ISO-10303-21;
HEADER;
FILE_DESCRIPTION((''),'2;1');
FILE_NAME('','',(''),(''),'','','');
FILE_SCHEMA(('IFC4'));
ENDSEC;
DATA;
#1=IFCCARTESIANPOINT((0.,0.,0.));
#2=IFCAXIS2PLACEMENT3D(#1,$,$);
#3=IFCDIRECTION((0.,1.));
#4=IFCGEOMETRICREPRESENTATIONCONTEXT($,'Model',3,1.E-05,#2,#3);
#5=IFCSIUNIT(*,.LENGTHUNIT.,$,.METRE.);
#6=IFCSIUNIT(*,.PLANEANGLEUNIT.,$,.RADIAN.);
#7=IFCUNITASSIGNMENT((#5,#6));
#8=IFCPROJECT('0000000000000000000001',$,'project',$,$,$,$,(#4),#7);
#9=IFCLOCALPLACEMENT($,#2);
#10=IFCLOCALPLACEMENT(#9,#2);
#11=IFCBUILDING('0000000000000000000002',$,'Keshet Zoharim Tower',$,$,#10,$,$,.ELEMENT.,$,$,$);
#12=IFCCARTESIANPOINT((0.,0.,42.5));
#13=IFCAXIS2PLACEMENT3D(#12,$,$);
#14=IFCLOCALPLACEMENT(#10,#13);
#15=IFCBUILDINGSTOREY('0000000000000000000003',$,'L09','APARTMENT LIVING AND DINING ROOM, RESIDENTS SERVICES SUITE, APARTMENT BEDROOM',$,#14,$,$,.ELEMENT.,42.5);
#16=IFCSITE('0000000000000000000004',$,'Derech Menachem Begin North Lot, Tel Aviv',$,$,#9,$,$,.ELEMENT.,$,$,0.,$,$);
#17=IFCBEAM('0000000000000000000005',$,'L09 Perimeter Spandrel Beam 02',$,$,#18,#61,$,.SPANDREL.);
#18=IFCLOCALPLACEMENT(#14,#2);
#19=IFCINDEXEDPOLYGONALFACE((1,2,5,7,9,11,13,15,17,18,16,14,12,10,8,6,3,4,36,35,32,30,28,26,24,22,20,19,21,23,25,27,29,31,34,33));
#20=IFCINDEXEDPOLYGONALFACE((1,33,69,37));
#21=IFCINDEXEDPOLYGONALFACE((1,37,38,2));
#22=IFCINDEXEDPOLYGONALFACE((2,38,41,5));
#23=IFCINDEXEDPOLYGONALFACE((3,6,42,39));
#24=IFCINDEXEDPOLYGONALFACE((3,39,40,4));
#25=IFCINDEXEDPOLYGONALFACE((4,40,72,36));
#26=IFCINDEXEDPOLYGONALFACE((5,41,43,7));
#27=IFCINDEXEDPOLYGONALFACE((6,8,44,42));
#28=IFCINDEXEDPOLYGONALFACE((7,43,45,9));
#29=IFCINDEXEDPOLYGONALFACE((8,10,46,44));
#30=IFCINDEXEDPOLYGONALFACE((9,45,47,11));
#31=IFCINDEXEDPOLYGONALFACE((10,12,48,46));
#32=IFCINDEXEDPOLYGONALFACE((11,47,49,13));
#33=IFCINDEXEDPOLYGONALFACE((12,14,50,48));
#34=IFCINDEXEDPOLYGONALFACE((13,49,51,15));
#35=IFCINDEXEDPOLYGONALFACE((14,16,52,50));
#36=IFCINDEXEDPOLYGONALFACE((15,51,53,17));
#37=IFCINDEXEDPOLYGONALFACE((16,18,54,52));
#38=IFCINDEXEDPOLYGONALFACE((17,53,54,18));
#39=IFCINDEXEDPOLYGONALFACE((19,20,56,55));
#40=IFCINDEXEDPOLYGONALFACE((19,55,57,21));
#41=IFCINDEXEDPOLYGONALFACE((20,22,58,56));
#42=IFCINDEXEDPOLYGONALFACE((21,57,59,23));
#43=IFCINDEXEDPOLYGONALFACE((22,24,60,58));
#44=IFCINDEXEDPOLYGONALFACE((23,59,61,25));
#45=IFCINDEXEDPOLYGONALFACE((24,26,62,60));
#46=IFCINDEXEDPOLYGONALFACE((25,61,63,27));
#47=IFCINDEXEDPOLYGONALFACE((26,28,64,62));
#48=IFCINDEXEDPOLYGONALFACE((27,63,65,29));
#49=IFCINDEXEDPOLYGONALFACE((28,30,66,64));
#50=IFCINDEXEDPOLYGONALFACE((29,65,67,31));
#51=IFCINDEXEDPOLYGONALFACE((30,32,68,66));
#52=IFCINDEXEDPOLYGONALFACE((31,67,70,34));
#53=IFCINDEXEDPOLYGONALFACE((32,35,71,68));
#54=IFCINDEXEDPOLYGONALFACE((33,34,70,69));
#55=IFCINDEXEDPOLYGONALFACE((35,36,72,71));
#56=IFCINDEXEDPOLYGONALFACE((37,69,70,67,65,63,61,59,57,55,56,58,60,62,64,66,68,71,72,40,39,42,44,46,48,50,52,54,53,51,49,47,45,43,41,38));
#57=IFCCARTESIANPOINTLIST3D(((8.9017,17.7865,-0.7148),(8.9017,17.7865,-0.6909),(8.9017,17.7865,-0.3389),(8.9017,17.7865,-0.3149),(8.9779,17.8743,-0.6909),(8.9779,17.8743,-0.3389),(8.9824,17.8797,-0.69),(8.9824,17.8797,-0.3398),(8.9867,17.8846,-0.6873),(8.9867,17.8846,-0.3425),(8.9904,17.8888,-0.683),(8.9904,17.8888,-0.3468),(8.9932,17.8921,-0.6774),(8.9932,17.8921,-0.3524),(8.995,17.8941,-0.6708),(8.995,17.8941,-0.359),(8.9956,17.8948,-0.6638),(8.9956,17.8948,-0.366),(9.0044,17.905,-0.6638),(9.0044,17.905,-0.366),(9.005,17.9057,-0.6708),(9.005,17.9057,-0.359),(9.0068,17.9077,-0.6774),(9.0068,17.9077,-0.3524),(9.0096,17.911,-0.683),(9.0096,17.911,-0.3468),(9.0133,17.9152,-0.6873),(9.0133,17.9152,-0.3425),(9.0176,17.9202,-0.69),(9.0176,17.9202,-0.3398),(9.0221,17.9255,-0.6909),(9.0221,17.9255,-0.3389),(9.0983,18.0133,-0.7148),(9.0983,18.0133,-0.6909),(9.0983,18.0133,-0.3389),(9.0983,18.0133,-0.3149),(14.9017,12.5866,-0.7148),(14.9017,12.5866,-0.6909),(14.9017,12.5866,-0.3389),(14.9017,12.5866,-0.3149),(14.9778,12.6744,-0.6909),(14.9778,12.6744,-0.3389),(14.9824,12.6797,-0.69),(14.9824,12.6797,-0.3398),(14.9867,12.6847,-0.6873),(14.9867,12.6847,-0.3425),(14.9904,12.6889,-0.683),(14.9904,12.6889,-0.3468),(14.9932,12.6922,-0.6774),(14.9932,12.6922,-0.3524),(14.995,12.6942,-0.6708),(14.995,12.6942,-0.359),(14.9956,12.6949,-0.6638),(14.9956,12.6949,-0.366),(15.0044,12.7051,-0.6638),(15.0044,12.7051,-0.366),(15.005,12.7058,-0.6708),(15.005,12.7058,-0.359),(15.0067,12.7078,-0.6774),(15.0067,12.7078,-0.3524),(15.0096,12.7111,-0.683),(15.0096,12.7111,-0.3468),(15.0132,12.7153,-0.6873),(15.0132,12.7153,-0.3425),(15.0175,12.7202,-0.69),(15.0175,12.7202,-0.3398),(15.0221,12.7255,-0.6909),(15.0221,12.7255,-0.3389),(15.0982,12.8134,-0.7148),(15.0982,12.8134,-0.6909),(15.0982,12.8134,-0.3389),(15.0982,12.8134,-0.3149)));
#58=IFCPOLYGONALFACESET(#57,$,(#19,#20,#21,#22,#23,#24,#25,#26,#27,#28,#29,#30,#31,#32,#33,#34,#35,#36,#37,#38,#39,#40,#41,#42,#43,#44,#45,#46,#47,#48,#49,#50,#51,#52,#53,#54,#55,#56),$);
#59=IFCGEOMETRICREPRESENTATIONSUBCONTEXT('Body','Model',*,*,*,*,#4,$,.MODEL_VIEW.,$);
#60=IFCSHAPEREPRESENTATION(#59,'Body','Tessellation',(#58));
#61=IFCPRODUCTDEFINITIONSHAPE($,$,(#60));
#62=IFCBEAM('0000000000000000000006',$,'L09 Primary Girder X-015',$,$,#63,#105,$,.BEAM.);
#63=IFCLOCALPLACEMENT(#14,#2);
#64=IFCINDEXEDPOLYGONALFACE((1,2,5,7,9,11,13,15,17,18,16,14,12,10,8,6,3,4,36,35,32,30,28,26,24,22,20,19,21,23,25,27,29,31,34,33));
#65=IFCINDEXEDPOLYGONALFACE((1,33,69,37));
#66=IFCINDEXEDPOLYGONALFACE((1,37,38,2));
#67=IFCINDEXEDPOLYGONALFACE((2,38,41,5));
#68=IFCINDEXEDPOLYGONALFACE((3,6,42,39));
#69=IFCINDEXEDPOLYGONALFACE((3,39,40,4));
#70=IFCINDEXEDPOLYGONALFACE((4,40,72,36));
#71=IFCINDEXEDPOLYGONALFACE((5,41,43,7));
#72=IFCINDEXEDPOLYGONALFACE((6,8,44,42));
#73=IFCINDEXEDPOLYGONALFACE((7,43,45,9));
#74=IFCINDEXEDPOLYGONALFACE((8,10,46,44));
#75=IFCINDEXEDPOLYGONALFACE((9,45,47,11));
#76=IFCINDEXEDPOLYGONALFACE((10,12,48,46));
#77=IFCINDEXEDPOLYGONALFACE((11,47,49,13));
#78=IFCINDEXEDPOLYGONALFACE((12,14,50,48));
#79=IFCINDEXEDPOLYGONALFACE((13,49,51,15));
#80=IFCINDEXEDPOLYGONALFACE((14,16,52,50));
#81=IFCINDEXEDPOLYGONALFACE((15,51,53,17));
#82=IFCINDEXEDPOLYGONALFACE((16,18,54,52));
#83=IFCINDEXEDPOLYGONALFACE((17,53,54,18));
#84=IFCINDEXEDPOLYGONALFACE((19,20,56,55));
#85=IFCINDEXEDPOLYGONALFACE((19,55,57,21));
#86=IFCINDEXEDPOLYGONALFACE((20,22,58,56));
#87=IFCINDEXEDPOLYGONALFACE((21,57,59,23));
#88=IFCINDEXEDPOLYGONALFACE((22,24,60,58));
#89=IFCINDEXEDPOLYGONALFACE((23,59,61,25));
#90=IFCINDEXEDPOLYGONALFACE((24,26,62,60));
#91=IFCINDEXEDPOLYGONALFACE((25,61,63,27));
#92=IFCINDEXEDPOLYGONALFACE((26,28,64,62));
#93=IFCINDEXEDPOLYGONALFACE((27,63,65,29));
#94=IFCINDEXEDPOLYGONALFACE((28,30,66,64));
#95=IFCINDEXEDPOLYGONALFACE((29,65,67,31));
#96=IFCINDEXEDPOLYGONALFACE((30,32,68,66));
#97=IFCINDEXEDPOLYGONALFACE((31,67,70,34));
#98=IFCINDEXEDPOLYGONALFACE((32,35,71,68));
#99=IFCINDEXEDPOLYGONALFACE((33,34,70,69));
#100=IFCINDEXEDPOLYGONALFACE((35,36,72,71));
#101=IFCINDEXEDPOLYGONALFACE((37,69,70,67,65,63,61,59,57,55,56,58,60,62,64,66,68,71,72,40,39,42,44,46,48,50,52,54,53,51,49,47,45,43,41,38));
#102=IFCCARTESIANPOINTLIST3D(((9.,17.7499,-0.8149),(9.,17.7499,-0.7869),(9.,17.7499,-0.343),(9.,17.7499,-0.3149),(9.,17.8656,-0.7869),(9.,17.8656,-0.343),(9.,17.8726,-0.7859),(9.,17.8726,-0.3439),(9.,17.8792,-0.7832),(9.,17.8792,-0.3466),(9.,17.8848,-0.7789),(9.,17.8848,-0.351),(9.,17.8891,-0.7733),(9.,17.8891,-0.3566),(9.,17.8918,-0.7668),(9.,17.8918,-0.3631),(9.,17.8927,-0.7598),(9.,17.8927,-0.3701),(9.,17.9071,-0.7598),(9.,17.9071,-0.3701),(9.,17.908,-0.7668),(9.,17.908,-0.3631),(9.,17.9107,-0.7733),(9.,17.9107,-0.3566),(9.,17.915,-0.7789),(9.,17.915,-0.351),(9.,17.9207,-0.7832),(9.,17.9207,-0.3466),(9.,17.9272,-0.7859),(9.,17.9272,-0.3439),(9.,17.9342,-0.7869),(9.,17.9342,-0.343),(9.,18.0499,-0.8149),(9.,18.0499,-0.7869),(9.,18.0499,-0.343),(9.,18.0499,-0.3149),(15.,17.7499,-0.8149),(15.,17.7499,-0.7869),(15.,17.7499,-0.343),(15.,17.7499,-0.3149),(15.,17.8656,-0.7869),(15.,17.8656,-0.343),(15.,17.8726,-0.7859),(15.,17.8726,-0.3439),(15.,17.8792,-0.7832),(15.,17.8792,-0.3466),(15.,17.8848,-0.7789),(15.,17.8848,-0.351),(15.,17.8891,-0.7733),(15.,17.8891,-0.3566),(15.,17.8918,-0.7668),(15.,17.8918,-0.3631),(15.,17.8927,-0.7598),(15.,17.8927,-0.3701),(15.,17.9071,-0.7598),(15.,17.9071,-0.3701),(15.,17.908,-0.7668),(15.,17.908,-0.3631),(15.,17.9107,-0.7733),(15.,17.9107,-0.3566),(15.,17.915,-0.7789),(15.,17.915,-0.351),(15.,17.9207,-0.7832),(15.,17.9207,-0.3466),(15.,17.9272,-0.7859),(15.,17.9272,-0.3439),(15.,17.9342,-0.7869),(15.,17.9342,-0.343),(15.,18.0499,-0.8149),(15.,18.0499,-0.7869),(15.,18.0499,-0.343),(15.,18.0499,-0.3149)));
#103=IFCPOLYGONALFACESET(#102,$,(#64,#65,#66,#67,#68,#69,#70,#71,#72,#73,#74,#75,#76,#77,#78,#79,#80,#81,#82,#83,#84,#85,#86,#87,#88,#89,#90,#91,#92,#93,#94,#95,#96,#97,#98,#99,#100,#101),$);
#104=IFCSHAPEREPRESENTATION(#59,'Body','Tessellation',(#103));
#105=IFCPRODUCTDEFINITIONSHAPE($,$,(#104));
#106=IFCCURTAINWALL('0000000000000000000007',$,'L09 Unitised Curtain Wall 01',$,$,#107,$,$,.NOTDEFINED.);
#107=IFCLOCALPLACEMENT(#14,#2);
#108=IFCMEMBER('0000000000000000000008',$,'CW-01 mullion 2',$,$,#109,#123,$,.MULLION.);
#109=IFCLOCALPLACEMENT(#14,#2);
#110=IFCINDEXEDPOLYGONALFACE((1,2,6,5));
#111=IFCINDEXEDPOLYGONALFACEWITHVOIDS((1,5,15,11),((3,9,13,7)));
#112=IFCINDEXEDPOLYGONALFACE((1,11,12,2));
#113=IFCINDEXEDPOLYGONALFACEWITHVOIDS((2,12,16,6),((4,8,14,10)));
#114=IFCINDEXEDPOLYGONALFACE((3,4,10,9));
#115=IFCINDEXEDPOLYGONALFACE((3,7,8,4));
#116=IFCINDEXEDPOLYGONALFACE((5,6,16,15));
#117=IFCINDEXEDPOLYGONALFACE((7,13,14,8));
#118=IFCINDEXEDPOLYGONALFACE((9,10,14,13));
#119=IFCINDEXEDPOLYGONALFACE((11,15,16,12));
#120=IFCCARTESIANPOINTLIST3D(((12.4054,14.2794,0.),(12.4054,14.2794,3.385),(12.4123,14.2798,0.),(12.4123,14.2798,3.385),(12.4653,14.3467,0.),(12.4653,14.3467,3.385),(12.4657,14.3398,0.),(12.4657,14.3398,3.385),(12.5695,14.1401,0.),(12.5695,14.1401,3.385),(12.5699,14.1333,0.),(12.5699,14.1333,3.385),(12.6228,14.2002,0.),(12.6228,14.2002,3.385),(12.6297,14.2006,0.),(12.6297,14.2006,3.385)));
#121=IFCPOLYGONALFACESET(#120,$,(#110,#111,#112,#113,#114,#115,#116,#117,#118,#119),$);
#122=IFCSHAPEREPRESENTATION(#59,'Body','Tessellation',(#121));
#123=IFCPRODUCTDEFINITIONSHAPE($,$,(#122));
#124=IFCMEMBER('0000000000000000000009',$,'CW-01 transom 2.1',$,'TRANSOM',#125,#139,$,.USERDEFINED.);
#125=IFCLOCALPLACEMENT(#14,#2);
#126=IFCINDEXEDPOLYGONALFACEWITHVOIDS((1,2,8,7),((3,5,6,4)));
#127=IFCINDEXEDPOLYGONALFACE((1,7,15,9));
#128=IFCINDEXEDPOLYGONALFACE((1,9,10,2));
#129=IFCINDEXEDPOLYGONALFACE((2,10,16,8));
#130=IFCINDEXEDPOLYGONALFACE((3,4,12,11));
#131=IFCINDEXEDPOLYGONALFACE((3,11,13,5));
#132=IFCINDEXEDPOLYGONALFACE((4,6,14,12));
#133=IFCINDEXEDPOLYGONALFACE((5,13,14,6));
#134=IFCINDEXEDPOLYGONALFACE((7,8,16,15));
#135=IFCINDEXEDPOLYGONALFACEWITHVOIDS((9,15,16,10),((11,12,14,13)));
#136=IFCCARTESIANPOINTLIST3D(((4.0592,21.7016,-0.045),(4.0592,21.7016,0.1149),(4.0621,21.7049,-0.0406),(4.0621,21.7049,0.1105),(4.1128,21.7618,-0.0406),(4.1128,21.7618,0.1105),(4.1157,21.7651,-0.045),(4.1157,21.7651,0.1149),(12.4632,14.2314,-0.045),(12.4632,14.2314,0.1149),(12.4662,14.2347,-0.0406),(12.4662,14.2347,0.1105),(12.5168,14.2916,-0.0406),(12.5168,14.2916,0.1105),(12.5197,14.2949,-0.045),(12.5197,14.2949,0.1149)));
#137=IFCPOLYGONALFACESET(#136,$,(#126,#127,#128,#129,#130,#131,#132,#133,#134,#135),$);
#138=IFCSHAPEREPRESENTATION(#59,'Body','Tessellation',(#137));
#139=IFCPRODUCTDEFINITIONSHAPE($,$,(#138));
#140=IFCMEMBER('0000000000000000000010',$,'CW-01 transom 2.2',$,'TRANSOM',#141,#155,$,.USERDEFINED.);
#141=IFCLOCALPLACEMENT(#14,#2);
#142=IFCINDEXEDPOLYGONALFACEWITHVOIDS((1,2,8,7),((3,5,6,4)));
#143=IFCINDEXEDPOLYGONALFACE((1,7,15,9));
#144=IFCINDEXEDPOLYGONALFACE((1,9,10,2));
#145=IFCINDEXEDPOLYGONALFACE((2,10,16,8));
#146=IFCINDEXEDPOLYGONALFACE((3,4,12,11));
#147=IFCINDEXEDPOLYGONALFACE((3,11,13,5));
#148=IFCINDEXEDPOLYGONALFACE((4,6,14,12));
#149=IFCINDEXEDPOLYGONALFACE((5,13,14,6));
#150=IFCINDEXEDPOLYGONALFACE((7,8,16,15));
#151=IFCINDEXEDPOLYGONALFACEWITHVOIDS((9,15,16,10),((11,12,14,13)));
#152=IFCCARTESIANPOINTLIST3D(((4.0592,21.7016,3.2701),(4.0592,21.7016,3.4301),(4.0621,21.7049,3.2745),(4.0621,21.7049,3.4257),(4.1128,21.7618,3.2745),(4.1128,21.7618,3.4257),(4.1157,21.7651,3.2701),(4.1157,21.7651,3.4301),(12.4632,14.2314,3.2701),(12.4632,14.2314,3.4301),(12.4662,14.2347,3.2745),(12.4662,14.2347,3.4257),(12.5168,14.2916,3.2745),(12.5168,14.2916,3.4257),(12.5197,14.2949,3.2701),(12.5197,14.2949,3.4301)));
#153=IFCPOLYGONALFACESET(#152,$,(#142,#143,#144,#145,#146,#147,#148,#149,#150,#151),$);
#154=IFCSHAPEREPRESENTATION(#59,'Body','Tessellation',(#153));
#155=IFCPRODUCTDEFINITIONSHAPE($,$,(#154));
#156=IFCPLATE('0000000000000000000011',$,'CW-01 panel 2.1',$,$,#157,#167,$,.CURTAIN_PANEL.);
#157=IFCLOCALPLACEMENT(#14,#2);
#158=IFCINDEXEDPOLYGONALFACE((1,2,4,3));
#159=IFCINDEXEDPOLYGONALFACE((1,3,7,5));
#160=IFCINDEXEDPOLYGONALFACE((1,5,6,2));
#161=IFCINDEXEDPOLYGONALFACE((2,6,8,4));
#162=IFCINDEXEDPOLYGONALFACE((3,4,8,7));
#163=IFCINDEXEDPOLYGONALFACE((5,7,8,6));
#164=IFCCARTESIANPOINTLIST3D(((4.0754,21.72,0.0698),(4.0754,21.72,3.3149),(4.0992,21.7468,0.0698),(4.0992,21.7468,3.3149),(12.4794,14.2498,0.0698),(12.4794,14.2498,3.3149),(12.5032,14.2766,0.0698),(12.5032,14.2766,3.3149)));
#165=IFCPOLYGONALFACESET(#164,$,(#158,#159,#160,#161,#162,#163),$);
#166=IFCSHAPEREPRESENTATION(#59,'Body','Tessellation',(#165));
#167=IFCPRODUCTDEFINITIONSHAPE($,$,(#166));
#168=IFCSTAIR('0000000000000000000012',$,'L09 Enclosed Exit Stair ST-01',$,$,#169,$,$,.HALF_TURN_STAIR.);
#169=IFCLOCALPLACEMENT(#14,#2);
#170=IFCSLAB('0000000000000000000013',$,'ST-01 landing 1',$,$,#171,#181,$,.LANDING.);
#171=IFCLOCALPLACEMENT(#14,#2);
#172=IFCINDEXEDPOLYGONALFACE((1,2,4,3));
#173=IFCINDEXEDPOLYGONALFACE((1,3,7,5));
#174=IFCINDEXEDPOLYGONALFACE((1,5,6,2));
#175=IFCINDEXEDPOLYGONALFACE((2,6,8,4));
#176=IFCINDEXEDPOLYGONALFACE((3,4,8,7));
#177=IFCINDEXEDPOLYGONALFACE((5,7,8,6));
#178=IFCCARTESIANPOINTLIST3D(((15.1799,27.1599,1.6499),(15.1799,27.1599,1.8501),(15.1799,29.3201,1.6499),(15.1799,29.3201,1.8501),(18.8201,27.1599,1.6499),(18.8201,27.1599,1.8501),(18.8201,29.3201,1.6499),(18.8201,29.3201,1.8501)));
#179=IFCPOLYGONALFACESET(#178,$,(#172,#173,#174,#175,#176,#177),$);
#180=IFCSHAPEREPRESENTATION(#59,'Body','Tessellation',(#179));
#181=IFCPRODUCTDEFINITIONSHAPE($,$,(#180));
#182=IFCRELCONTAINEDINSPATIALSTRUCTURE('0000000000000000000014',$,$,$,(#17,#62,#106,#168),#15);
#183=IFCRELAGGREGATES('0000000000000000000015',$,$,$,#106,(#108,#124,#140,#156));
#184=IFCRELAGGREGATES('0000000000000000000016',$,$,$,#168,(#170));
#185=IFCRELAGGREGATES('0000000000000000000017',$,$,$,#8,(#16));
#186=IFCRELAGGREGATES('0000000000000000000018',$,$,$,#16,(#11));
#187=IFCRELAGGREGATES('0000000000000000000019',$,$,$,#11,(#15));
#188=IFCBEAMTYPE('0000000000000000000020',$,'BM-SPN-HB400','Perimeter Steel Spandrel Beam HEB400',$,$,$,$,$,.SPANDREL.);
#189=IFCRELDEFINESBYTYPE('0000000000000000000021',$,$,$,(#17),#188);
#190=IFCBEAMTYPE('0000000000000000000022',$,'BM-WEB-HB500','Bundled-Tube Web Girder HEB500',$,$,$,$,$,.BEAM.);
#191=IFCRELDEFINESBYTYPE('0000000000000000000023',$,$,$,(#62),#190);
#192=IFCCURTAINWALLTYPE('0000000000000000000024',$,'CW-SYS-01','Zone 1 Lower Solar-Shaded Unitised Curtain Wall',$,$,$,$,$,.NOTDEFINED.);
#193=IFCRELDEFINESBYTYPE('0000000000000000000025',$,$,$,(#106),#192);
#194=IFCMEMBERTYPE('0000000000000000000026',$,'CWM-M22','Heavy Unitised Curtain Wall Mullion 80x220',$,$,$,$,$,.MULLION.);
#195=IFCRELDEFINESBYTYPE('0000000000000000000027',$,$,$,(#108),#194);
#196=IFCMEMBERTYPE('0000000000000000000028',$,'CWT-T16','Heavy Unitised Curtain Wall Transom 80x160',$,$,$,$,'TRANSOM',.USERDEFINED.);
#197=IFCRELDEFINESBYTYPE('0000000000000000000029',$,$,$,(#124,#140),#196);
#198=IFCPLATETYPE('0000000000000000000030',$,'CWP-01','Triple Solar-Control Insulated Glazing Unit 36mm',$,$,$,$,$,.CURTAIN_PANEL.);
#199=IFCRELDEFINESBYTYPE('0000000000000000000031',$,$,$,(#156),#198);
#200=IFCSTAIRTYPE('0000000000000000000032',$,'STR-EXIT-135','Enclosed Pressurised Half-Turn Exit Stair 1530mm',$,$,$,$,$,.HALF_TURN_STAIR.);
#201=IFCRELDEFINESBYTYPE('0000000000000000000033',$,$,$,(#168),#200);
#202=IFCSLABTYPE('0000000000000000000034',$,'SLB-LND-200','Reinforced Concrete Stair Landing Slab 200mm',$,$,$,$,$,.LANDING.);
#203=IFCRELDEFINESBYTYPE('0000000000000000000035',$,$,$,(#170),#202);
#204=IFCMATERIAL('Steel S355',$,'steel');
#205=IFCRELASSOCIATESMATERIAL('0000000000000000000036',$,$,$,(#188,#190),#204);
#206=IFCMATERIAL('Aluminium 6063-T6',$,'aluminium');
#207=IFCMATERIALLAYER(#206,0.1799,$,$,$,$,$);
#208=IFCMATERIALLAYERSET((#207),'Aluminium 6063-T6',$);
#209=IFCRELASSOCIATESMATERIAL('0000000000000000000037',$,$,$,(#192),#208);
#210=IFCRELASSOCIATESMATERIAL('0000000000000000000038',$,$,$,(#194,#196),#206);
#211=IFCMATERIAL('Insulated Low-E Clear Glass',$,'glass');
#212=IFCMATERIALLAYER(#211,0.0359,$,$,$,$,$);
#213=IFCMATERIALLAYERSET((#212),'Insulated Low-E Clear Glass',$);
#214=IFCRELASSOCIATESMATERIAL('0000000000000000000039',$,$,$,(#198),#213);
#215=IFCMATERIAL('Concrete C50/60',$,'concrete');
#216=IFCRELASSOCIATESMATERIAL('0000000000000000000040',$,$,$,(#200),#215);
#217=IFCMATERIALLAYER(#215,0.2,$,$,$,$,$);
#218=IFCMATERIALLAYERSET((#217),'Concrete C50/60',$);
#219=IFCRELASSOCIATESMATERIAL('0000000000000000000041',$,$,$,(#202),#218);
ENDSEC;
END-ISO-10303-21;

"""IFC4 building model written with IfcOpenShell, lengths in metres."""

from ifc_helpers import new_model, si_unit, direction, frame, origin, origin_2d, place, context, subcontext, project, spatial, polyline, rectangle, hollow_rectangle, i_section, outline, extrude, material, layer, layer_set, material_profile, profile_set, type_object, element, aggregate, save


model = new_model("IFC4")

# Units and contexts
model_context = context("Model", 3, precision=1e-05, world=origin(), true_north=direction((0.0, 1.0)))
body_context = subcontext(model_context, "Body", "Model", "MODEL_VIEW")
ifc_project = project(units=[si_unit("LENGTHUNIT", "METRE"), si_unit("PLANEANGLEUNIT", "RADIAN")], contexts=[model_context])

# Site, building, storey
site_placement = place(None, origin())
site = spatial("IfcSite", under=ifc_project, at=site_placement, Name="Derech Menachem Begin North Lot, Tel Aviv", CompositionType="ELEMENT", RefElevation=0.0)
building_placement = place(site_placement, origin())
building = spatial("IfcBuilding", under=site, at=building_placement, Name="Keshet Zoharim Tower", CompositionType="ELEMENT")
storey_placement = place(building_placement, frame((0.0, 0.0, 42.5)))
storey = spatial("IfcBuildingStorey", under=building, at=storey_placement, Name="L09", Description="APARTMENT LIVING AND DINING ROOM, RESIDENTS SERVICES SUITE, APARTMENT BEDROOM", CompositionType="ELEMENT", Elevation=42.5)

# Shared definitions
ifc_material_1 = material(Name="Steel S355", Category="steel")

# Beams
ifc_material_profile_1 = material_profile(ifc_material_1, i_section(OverallWidth=0.3, OverallDepth=0.3999, WebThickness=0.0134, FlangeThickness=0.0239, FilletRadius=0.0271, at=origin_2d()), Name="HEB400")
ifc_profile_set_1 = profile_set([ifc_material_profile_1], Name="Steel S355")
beam_type_1 = type_object("IfcBeamType", Name="BM-SPN-HB400", Description="Perimeter Steel Spandrel Beam HEB400", PredefinedType="SPANDREL", material=ifc_profile_set_1)
beam_1_placement = place(storey_placement, frame((9.0, 17.8999, -0.5149), z_axis=(0.755692, -0.654927, 0.0), x_axis=(0.654927, 0.755692, 0.0)))
element("IfcBeam", 1, at=beam_1_placement, inside=storey, type_object=beam_type_1, Name="L09 Perimeter Spandrel Beam 02", PredefinedType="SPANDREL", context=body_context, shape_type="SweptSolid", body=[
    extrude(i_section(OverallWidth=0.3, OverallDepth=0.3999, WebThickness=0.0134, FlangeThickness=0.0239, FilletRadius=0.0271, at=origin_2d()), origin(), (0.0, 0.0, 1.0), 7.9397),
])
ifc_material_profile_2 = material_profile(ifc_material_1, i_section(OverallWidth=0.3, OverallDepth=0.5, WebThickness=0.0144, FlangeThickness=0.0281, FilletRadius=0.0271, at=origin_2d()), Name="HEB500")
ifc_profile_set_2 = profile_set([ifc_material_profile_2], Name="Steel S355")
beam_type_2 = type_object("IfcBeamType", Name="BM-WEB-HB500", Description="Bundled-Tube Web Girder HEB500", PredefinedType="BEAM", material=ifc_profile_set_2)
beam_2_placement = place(storey_placement, frame((9.0, 17.8999, -0.5649), z_axis=(1.0, 0.0, 0.0), x_axis=(0.0, 1.0, 0.0)))
element("IfcBeam", 2, at=beam_2_placement, inside=storey, type_object=beam_type_2, Name="L09 Primary Girder X-015", PredefinedType="BEAM", context=body_context, shape_type="SweptSolid", body=[
    extrude(i_section(OverallWidth=0.3, OverallDepth=0.5, WebThickness=0.0144, FlangeThickness=0.0281, FilletRadius=0.0271, at=origin_2d()), origin(), (0.0, 0.0, 1.0), 6.0),
])

# Curtain wall, members, plate
ifc_material_2 = material(Name="Aluminium 6063-T6", Category="aluminium")
ifc_layer_1 = layer(ifc_material_2, 0.1799)
ifc_layer_set_1 = layer_set([ifc_layer_1], Name="Aluminium 6063-T6")
curtain_wall_type = type_object("IfcCurtainWallType", Name="CW-SYS-01", Description="Zone 1 Lower Solar-Shaded Unitised Curtain Wall", PredefinedType="NOTDEFINED", material=ifc_layer_set_1)
curtain_wall_placement = place(storey_placement, origin())
curtain_wall = element("IfcCurtainWall", 3, at=curtain_wall_placement, inside=storey, type_object=curtain_wall_type, Name="L09 Unitised Curtain Wall 01", PredefinedType="NOTDEFINED")
ifc_material_profile_3 = material_profile(ifc_material_2, hollow_rectangle(XDim=0.0901, YDim=0.22, WallThickness=0.0049, at=origin_2d()), Name="MUL-90x220")
ifc_profile_set_3 = profile_set([ifc_material_profile_3], Name="Aluminium 6063-T6")
member_type_1 = type_object("IfcMemberType", Name="CWM-M22", Description="Heavy Unitised Curtain Wall Mullion 80x220", PredefinedType="MULLION", material=ifc_profile_set_3)
member_1_placement = place(storey_placement, frame((12.5176, 14.24, 0.0), z_axis=(0.0, 0.0, 1.0), x_axis=(-0.664364, -0.747409, 0.0)))
member_1 = element("IfcMember", 4, at=member_1_placement, type_object=member_type_1, Name="CW-01 mullion 2", PredefinedType="MULLION", context=body_context, shape_type="SweptSolid", body=[
    extrude(hollow_rectangle(XDim=0.0901, YDim=0.22, WallThickness=0.0049, at=origin_2d()), origin(), (0.0, 0.0, 1.0), 3.385),
])
ifc_material_profile_4 = material_profile(ifc_material_2, hollow_rectangle(XDim=0.085, YDim=0.1599, WallThickness=0.0044, at=origin_2d()), Name="TRN-85x160")
ifc_profile_set_4 = profile_set([ifc_material_profile_4], Name="Aluminium 6063-T6")
member_type_2 = type_object("IfcMemberType", Name="CWT-T16", Description="Heavy Unitised Curtain Wall Transom 80x160", ElementType="TRANSOM", PredefinedType="USERDEFINED", material=ifc_profile_set_4)
member_2_placement = place(storey_placement, frame((12.4915, 14.2632, 0.0349), z_axis=(-0.747412, 0.664361, 0.0), x_axis=(-0.664361, -0.747412, 0.0)))
member_2 = element("IfcMember", 5, at=member_2_placement, type_object=member_type_2, Name="CW-01 transom 2.1", ObjectType="TRANSOM", PredefinedType="USERDEFINED", context=body_context, shape_type="SweptSolid", body=[
    extrude(hollow_rectangle(XDim=0.085, YDim=0.1599, WallThickness=0.0044, at=origin_2d()), origin(), (0.0, 0.0, 1.0), 11.2441),
])
member_3_placement = place(storey_placement, frame((12.4915, 14.2632, 3.3501), z_axis=(-0.747412, 0.664361, 0.0), x_axis=(-0.664361, -0.747412, 0.0)))
member_3 = element("IfcMember", 6, at=member_3_placement, type_object=member_type_2, Name="CW-01 transom 2.2", ObjectType="TRANSOM", PredefinedType="USERDEFINED", context=body_context, shape_type="SweptSolid", body=[
    extrude(hollow_rectangle(XDim=0.085, YDim=0.1599, WallThickness=0.0044, at=origin_2d()), origin(), (0.0, 0.0, 1.0), 11.2441),
])
ifc_material_3 = material(Name="Insulated Low-E Clear Glass", Category="glass")
ifc_layer_2 = layer(ifc_material_3, 0.0359)
ifc_layer_set_2 = layer_set([ifc_layer_2], Name="Insulated Low-E Clear Glass")
plate_type = type_object("IfcPlateType", Name="CWP-01", Description="Triple Solar-Control Insulated Glazing Unit 36mm", PredefinedType="CURTAIN_PANEL", material=ifc_layer_set_2)
plate_placement = place(storey_placement, frame((8.2893, 17.9983, 0.0698), z_axis=(0.0, 0.0, 1.0), x_axis=(-0.747409, 0.664364, 0.0)))
plate = element("IfcPlate", 7, at=plate_placement, type_object=plate_type, Name="CW-01 panel 2.1", PredefinedType="CURTAIN_PANEL", context=body_context, shape_type="SweptSolid", body=[
    extrude(rectangle(XDim=11.2441, YDim=0.0359, at=origin_2d()), origin(), (0.0, 0.0, 1.0), 3.2451),
])
aggregate(curtain_wall, [member_1, member_2, member_3, plate])

# Stair, slab
ifc_material_4 = material(Name="Concrete C50/60", Category="concrete")
stair_type = type_object("IfcStairType", Name="STR-EXIT-135", Description="Enclosed Pressurised Half-Turn Exit Stair 1530mm", PredefinedType="HALF_TURN_STAIR", material=ifc_material_4)
stair_1_placement = place(storey_placement, origin())
stair_1 = element("IfcStair", 8, at=stair_1_placement, inside=storey, type_object=stair_type, Name="L09 Enclosed Exit Stair ST-01", PredefinedType="HALF_TURN_STAIR")
ifc_layer_3 = layer(ifc_material_4, 0.2)
ifc_layer_set_3 = layer_set([ifc_layer_3], Name="Concrete C50/60")
slab_type_1 = type_object("IfcSlabType", Name="SLB-LND-200", Description="Reinforced Concrete Stair Landing Slab 200mm", PredefinedType="LANDING", material=ifc_layer_set_3)
slab_1_placement = place(storey_placement, frame((0.0, 0.0, 1.6499)))
slab_1 = element("IfcSlab", 9, at=slab_1_placement, type_object=slab_type_1, Name="ST-01 landing 1", PredefinedType="LANDING", context=body_context, shape_type="SweptSolid", body=[
    extrude(outline(polyline([(15.1799, 27.1599), (18.8201, 27.1599), (18.8201, 29.3201), (15.1799, 29.3201), (15.1799, 27.1599)])), origin(), (0.0, 0.0, 1.0), 0.2002),
])
aggregate(stair_1, [slab_1])

save(model, "model.ifc")
